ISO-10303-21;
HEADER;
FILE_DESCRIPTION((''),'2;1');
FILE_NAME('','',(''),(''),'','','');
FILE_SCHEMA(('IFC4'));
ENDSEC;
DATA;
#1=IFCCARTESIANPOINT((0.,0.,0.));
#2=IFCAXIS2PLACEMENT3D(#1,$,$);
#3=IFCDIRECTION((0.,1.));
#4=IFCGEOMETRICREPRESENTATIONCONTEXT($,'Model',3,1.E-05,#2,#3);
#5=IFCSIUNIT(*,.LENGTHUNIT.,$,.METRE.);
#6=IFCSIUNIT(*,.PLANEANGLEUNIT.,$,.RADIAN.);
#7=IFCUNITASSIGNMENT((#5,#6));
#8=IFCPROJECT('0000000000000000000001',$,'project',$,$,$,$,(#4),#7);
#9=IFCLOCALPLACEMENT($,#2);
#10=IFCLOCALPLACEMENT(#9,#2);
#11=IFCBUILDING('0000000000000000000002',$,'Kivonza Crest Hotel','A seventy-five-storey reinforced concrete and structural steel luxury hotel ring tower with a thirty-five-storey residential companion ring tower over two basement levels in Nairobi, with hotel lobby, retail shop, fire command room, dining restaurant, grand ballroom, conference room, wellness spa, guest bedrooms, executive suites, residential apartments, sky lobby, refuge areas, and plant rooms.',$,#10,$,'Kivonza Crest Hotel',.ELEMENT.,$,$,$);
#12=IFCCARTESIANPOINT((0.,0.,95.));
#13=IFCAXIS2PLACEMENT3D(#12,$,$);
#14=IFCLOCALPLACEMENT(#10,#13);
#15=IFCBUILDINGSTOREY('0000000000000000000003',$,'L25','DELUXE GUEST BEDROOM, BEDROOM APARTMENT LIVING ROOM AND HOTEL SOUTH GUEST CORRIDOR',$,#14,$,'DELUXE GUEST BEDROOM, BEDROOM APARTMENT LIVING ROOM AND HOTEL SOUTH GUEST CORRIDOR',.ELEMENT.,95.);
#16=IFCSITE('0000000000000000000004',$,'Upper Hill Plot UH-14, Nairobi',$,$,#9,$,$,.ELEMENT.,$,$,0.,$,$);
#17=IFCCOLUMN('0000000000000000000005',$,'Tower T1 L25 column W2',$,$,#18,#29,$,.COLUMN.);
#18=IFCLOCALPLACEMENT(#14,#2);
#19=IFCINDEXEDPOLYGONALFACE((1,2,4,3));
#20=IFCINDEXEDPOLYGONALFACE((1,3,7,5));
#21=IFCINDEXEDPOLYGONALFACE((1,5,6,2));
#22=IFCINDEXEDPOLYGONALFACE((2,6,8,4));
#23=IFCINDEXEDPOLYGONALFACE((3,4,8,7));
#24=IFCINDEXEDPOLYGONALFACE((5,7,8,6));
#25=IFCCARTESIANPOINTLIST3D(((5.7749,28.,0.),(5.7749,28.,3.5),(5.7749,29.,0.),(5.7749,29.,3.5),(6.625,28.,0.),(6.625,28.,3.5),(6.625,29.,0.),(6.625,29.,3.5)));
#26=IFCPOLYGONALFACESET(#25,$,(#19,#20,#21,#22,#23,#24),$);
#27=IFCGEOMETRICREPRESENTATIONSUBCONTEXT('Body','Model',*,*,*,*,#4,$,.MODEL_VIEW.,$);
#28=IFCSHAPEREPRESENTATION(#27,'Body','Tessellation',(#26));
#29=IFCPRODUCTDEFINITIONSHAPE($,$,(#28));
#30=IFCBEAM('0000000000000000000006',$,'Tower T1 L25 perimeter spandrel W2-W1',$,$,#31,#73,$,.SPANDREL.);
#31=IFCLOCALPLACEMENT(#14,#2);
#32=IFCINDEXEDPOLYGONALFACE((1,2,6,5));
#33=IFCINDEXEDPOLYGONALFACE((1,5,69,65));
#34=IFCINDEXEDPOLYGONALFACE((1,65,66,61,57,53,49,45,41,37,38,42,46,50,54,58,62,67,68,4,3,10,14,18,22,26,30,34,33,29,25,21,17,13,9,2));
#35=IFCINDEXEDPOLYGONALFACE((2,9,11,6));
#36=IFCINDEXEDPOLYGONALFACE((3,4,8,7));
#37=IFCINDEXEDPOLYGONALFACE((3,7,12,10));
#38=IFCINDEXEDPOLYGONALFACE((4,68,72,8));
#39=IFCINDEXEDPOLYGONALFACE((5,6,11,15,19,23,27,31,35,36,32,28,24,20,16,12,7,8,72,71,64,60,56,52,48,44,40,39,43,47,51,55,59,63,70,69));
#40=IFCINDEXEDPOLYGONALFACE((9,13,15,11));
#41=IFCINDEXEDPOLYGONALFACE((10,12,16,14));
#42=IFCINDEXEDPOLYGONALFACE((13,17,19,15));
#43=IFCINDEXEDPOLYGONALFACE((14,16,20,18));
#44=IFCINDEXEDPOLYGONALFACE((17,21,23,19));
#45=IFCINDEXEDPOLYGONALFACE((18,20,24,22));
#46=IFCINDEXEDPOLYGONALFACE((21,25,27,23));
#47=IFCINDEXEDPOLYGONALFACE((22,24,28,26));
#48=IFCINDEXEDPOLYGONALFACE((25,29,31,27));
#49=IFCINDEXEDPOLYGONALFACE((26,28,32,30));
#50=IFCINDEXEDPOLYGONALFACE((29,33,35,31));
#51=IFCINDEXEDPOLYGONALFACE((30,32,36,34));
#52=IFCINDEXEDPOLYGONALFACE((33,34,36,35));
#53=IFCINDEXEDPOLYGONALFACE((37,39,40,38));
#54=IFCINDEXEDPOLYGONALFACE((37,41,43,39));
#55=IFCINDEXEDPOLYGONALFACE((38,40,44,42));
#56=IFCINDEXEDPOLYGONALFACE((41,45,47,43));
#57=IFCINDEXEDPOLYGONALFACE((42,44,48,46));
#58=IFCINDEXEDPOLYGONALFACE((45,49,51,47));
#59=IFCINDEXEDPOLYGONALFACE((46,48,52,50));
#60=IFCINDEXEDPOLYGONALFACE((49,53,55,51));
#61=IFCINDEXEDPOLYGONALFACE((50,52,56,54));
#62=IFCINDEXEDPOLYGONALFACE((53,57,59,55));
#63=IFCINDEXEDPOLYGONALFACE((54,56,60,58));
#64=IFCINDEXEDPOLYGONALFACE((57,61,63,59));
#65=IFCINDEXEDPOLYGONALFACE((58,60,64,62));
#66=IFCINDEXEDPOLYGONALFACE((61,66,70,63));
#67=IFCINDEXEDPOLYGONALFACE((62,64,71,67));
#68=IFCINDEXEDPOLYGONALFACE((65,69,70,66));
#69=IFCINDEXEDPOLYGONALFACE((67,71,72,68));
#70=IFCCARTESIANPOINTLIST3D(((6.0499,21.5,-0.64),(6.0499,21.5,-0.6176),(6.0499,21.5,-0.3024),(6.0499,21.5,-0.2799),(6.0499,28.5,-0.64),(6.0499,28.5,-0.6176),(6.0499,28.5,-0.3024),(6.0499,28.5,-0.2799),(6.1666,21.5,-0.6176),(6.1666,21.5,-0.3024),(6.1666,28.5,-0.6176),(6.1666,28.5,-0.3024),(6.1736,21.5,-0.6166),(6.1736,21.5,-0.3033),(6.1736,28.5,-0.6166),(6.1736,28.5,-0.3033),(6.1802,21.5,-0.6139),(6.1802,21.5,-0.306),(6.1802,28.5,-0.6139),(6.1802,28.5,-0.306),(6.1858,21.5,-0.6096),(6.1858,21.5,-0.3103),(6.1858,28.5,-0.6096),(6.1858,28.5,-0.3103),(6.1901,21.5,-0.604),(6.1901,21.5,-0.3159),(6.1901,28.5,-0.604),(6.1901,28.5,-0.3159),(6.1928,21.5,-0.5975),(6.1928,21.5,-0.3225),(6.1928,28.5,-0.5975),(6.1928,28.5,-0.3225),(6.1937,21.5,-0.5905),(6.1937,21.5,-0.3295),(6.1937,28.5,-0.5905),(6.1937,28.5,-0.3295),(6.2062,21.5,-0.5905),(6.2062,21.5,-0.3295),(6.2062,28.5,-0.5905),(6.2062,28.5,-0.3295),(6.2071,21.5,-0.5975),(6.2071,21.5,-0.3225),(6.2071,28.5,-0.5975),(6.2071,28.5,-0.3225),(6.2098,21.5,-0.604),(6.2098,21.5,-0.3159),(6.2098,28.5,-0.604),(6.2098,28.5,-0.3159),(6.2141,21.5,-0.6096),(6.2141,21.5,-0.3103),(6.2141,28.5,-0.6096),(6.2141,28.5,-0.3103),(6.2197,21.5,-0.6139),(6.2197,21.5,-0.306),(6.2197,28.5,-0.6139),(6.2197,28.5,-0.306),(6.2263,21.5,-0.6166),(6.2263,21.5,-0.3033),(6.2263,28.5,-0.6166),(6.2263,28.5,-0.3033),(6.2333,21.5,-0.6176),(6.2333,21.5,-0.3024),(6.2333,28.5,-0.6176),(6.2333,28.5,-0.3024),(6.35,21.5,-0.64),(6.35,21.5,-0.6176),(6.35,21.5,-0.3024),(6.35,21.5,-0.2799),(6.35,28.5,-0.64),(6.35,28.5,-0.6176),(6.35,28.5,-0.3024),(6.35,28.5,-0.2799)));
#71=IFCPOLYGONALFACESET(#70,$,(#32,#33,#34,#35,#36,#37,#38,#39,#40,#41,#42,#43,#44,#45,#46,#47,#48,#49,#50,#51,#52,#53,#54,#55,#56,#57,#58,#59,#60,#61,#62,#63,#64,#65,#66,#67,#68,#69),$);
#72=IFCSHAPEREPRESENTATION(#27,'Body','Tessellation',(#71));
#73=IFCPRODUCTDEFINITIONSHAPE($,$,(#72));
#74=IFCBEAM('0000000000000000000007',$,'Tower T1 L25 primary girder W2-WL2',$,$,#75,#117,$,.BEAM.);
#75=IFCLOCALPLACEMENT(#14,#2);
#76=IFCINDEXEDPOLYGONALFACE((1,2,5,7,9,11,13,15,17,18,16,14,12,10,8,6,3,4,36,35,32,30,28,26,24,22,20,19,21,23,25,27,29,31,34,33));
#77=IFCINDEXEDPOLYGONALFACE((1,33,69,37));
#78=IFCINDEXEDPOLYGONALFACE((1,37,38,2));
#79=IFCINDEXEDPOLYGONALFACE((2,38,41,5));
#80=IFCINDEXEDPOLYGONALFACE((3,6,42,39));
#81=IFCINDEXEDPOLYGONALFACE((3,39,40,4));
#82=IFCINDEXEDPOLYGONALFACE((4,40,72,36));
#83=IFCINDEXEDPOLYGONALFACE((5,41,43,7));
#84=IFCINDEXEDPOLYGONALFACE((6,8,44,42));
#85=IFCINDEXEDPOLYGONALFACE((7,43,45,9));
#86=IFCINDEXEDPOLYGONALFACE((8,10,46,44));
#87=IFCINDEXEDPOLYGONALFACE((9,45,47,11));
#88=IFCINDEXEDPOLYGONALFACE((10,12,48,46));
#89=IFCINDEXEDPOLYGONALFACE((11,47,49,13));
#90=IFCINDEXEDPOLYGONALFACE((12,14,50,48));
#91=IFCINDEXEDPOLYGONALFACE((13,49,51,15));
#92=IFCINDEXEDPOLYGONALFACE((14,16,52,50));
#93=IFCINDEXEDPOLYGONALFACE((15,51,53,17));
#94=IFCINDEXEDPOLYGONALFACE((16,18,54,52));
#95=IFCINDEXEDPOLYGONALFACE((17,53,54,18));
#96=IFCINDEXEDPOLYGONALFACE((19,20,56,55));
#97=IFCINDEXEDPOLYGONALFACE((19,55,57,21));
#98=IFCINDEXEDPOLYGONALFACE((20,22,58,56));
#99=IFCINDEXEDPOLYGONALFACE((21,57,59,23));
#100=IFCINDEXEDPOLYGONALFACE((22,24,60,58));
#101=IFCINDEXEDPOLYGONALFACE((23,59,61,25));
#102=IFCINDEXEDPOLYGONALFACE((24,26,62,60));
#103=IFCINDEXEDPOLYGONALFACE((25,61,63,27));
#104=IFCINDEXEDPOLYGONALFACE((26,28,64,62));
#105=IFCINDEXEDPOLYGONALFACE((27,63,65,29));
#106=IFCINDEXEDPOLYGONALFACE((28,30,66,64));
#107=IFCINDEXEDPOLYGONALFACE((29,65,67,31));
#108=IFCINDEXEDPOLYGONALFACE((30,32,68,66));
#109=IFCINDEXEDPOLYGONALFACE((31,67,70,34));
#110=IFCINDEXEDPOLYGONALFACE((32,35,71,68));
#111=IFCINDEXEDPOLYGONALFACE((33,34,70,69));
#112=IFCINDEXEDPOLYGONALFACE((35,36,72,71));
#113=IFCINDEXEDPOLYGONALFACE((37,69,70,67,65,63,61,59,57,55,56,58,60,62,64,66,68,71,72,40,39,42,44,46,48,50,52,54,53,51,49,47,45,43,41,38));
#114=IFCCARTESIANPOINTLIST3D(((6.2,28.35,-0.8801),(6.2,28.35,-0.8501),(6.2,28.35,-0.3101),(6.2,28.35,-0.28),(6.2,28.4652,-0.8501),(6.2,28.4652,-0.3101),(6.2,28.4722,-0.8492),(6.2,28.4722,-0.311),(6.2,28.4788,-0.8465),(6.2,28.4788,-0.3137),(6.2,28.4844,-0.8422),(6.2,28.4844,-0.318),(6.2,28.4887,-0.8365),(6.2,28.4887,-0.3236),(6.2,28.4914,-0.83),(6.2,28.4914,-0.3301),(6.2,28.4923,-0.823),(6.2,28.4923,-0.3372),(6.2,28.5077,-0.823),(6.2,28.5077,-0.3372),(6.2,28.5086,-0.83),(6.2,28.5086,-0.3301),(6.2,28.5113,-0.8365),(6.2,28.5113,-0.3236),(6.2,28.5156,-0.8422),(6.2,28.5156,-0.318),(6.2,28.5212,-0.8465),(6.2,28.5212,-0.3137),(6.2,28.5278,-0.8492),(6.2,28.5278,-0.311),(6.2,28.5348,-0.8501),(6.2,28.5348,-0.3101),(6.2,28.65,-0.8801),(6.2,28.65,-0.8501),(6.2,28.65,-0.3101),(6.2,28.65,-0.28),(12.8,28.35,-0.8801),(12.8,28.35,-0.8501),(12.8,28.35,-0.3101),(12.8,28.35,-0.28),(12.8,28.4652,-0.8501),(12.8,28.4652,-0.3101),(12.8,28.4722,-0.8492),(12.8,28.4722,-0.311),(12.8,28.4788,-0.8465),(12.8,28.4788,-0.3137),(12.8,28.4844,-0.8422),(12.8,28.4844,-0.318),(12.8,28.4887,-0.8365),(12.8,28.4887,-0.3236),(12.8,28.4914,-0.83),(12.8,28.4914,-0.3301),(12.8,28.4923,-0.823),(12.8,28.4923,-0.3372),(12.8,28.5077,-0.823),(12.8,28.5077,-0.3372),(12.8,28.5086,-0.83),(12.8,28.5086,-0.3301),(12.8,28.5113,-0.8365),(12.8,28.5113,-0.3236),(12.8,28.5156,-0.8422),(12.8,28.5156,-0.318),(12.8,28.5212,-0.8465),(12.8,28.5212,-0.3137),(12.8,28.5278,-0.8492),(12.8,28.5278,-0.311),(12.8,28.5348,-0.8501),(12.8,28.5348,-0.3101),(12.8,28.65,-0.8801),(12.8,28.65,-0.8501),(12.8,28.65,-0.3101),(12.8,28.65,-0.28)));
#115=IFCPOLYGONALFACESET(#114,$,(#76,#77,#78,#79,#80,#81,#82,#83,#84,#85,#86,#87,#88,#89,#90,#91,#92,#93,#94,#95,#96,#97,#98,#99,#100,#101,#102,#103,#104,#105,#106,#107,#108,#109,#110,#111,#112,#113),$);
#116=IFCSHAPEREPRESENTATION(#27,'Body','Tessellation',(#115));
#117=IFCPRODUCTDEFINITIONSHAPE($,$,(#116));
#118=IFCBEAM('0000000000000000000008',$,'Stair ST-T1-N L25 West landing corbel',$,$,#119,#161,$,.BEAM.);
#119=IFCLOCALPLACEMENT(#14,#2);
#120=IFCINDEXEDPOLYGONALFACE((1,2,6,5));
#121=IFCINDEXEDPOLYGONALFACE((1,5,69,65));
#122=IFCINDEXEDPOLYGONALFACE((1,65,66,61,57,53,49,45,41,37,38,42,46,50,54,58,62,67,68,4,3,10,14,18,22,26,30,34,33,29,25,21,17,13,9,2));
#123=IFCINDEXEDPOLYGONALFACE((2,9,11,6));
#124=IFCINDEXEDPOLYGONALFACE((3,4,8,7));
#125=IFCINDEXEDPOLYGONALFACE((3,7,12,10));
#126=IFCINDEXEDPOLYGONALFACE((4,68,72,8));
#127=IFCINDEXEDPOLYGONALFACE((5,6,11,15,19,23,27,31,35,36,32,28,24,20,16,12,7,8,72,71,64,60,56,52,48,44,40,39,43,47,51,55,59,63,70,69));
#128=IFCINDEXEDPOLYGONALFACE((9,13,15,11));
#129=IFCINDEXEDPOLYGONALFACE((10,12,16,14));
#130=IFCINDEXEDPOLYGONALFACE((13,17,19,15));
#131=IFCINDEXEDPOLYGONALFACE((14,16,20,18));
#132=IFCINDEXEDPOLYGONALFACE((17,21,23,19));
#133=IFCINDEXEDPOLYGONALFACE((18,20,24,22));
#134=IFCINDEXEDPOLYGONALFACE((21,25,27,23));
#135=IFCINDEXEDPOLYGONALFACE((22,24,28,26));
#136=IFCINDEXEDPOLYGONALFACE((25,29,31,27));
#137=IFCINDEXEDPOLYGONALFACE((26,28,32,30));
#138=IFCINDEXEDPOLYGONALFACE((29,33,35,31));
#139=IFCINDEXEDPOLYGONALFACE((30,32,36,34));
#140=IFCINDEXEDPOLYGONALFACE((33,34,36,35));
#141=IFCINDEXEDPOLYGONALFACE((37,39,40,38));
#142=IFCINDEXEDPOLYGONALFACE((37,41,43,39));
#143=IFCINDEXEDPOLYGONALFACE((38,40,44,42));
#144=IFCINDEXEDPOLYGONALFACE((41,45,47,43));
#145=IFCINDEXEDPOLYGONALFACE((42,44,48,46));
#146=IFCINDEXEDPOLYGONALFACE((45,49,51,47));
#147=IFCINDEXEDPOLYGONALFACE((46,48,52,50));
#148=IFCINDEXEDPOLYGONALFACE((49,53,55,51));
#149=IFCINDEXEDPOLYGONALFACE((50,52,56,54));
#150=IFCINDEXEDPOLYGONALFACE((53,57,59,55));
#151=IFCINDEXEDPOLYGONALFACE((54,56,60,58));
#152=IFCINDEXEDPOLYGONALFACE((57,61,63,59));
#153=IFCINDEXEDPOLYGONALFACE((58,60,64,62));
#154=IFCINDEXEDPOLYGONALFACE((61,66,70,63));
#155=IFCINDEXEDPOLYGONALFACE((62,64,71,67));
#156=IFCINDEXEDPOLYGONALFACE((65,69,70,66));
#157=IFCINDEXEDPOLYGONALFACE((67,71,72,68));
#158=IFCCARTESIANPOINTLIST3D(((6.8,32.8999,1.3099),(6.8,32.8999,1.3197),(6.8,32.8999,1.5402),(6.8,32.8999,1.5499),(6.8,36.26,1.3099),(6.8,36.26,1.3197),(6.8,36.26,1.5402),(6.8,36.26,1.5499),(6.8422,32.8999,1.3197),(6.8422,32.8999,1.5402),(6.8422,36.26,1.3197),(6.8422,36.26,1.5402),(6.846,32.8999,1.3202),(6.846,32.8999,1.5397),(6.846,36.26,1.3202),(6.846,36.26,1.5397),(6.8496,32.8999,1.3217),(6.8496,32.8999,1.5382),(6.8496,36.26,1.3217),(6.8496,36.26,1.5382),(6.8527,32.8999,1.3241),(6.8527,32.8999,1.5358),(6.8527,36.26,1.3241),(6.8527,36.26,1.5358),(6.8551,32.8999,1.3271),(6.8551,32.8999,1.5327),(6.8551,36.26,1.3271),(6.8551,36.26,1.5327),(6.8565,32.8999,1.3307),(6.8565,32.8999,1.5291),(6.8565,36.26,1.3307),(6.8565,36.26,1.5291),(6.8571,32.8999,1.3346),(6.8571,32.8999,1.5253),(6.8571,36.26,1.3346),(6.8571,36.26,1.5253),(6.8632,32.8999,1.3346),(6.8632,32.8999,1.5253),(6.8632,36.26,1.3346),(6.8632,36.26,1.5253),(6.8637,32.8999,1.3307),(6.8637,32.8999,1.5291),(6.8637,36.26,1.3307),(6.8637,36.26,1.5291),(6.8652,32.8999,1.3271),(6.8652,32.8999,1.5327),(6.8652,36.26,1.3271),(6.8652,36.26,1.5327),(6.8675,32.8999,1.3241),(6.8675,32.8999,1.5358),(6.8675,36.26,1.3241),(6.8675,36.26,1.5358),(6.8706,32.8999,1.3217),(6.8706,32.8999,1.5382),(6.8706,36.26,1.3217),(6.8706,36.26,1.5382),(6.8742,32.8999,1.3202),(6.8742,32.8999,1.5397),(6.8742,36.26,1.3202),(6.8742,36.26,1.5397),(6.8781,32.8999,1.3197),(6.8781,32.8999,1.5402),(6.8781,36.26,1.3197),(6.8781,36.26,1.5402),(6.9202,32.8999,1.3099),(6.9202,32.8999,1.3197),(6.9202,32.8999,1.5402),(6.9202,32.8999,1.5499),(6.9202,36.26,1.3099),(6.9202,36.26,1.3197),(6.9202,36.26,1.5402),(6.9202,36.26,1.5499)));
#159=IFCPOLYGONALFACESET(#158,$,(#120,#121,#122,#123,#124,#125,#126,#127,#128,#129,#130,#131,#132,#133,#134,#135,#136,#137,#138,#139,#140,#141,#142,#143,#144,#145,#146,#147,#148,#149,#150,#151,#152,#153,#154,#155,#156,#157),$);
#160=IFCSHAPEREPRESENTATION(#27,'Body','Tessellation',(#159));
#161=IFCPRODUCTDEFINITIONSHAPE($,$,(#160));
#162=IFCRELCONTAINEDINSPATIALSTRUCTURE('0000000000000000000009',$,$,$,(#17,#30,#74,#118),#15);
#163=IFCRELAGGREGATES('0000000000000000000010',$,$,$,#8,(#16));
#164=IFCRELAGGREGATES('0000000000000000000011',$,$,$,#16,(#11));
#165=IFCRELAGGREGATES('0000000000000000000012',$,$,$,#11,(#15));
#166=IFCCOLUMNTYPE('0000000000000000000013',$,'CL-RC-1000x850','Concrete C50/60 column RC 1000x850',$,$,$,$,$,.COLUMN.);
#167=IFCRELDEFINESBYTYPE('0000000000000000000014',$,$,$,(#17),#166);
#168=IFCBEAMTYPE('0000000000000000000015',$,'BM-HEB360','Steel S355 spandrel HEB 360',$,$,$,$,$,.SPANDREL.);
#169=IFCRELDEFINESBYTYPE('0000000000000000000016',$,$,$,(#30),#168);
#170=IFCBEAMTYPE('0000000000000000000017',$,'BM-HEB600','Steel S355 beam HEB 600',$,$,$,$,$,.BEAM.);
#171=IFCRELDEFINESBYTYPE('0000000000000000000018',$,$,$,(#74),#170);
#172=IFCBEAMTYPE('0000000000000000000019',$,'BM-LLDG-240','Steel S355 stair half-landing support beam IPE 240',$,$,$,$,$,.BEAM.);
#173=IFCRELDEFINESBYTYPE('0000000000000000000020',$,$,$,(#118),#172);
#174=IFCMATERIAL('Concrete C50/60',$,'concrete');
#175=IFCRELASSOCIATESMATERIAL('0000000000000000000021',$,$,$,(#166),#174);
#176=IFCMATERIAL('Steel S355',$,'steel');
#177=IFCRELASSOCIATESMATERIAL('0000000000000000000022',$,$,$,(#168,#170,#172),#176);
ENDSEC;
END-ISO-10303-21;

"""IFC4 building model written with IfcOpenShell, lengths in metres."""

from ifc_helpers import new_model, si_unit, direction, frame, origin, origin_2d, place, context, subcontext, project, spatial, rectangle, i_section, extrude, material, material_profile, profile_set, type_object, element, save


model = new_model("IFC4")

# Units and contexts
model_context = context("Model", 3, precision=1e-05, world=origin(), true_north=direction((0.0, 1.0)))
body_context = subcontext(model_context, "Body", "Model", "MODEL_VIEW")
ifc_project = project(units=[si_unit("LENGTHUNIT", "METRE"), si_unit("PLANEANGLEUNIT", "RADIAN")], contexts=[model_context])

# Site, building, storey
site_placement = place(None, origin())
site = spatial("IfcSite", under=ifc_project, at=site_placement, Name="Upper Hill Plot UH-14, Nairobi", CompositionType="ELEMENT", RefElevation=0.0)
building_placement = place(site_placement, origin())
building = spatial("IfcBuilding", under=site, at=building_placement, Name="Kivonza Crest Hotel", Description="A seventy-five-storey reinforced concrete and structural steel luxury hotel ring tower with a thirty-five-storey residential companion ring tower over two basement levels in Nairobi, with hotel lobby, retail shop, fire command room, dining restaurant, grand ballroom, conference room, wellness spa, guest bedrooms, executive suites, residential apartments, sky lobby, refuge areas, and plant rooms.", LongName="Kivonza Crest Hotel", CompositionType="ELEMENT")
storey_placement = place(building_placement, frame((0.0, 0.0, 95.0)))
storey = spatial("IfcBuildingStorey", under=building, at=storey_placement, Name="L25", Description="DELUXE GUEST BEDROOM, BEDROOM APARTMENT LIVING ROOM AND HOTEL SOUTH GUEST CORRIDOR", LongName="DELUXE GUEST BEDROOM, BEDROOM APARTMENT LIVING ROOM AND HOTEL SOUTH GUEST CORRIDOR", CompositionType="ELEMENT", Elevation=95.0)

# Column
ifc_material_1 = material(Name="Concrete C50/60", Category="concrete")
ifc_material_profile_1 = material_profile(ifc_material_1, rectangle(XDim=0.8501, YDim=1.0, at=origin_2d()), Name="RC 1000x850")
ifc_profile_set_1 = profile_set([ifc_material_profile_1], Name="Concrete C50/60")
column_type = type_object("IfcColumnType", Name="CL-RC-1000x850", Description="Concrete C50/60 column RC 1000x850", PredefinedType="COLUMN", material=ifc_profile_set_1)
column_placement = place(storey_placement, frame((6.2, 28.5, 0.0), z_axis=(0.0, 0.0, 1.0), x_axis=(1.0, 0.0, 0.0)))
element("IfcColumn", 1, at=column_placement, inside=storey, type_object=column_type, Name="Tower T1 L25 column W2", PredefinedType="COLUMN", context=body_context, shape_type="SweptSolid", body=[
    extrude(rectangle(XDim=0.8501, YDim=1.0, at=origin_2d()), origin(), (0.0, 0.0, 1.0), 3.5),
])

# Beams
ifc_material_2 = material(Name="Steel S355", Category="steel")
ifc_material_profile_2 = material_profile(ifc_material_2, i_section(OverallWidth=0.3, OverallDepth=0.3601, WebThickness=0.0125, FlangeThickness=0.0225, FilletRadius=0.0271, at=origin_2d()), Name="HEB 360")
ifc_profile_set_2 = profile_set([ifc_material_profile_2], Name="Steel S355")
beam_type_1 = type_object("IfcBeamType", Name="BM-HEB360", Description="Steel S355 spandrel HEB 360", PredefinedType="SPANDREL", material=ifc_profile_set_2)
beam_1_placement = place(storey_placement, frame((6.2, 28.5, -0.46), z_axis=(0.0, -1.0, 0.0), x_axis=(1.0, 0.0, 0.0)))
element("IfcBeam", 2, at=beam_1_placement, inside=storey, type_object=beam_type_1, Name="Tower T1 L25 perimeter spandrel W2-W1", PredefinedType="SPANDREL", context=body_context, shape_type="SweptSolid", body=[
    extrude(i_section(OverallWidth=0.3, OverallDepth=0.3601, WebThickness=0.0125, FlangeThickness=0.0225, FilletRadius=0.0271, at=origin_2d()), origin(), (0.0, 0.0, 1.0), 7.0),
])
ifc_material_profile_3 = material_profile(ifc_material_2, i_section(OverallWidth=0.3, OverallDepth=0.6001, WebThickness=0.0154, FlangeThickness=0.03, FilletRadius=0.0271, at=origin_2d()), Name="HEB 600")
ifc_profile_set_3 = profile_set([ifc_material_profile_3], Name="Steel S355")
beam_type_2 = type_object("IfcBeamType", Name="BM-HEB600", Description="Steel S355 beam HEB 600", PredefinedType="BEAM", material=ifc_profile_set_3)
beam_2_placement = place(storey_placement, frame((6.2, 28.5, -0.5801), z_axis=(1.0, 0.0, 0.0), x_axis=(0.0, 1.0, 0.0)))
element("IfcBeam", 3, at=beam_2_placement, inside=storey, type_object=beam_type_2, Name="Tower T1 L25 primary girder W2-WL2", PredefinedType="BEAM", context=body_context, shape_type="SweptSolid", body=[
    extrude(i_section(OverallWidth=0.3, OverallDepth=0.6001, WebThickness=0.0154, FlangeThickness=0.03, FilletRadius=0.0271, at=origin_2d()), origin(), (0.0, 0.0, 1.0), 6.6001),
])
ifc_material_profile_4 = material_profile(ifc_material_2, i_section(OverallWidth=0.1201, OverallDepth=0.24, WebThickness=0.0061, FlangeThickness=0.0098, FilletRadius=0.0149, at=origin_2d()), Name="IPE 240")
ifc_profile_set_4 = profile_set([ifc_material_profile_4], Name="Steel S355")
beam_type_3 = type_object("IfcBeamType", Name="BM-LLDG-240", Description="Steel S355 stair half-landing support beam IPE 240", PredefinedType="BEAM", material=ifc_profile_set_4)
beam_3_placement = place(storey_placement, frame((6.8601, 32.8999, 1.4299), z_axis=(0.0, 1.0, 0.0), x_axis=(-1.0, 0.0, 0.0)))
element("IfcBeam", 4, at=beam_3_placement, inside=storey, type_object=beam_type_3, Name="Stair ST-T1-N L25 West landing corbel", PredefinedType="BEAM", context=body_context, shape_type="SweptSolid", body=[
    extrude(i_section(OverallWidth=0.1201, OverallDepth=0.24, WebThickness=0.0061, FlangeThickness=0.0098, FilletRadius=0.0149, at=origin_2d()), origin(), (0.0, 0.0, 1.0), 3.3601),
])

save(model, "model.ifc")
